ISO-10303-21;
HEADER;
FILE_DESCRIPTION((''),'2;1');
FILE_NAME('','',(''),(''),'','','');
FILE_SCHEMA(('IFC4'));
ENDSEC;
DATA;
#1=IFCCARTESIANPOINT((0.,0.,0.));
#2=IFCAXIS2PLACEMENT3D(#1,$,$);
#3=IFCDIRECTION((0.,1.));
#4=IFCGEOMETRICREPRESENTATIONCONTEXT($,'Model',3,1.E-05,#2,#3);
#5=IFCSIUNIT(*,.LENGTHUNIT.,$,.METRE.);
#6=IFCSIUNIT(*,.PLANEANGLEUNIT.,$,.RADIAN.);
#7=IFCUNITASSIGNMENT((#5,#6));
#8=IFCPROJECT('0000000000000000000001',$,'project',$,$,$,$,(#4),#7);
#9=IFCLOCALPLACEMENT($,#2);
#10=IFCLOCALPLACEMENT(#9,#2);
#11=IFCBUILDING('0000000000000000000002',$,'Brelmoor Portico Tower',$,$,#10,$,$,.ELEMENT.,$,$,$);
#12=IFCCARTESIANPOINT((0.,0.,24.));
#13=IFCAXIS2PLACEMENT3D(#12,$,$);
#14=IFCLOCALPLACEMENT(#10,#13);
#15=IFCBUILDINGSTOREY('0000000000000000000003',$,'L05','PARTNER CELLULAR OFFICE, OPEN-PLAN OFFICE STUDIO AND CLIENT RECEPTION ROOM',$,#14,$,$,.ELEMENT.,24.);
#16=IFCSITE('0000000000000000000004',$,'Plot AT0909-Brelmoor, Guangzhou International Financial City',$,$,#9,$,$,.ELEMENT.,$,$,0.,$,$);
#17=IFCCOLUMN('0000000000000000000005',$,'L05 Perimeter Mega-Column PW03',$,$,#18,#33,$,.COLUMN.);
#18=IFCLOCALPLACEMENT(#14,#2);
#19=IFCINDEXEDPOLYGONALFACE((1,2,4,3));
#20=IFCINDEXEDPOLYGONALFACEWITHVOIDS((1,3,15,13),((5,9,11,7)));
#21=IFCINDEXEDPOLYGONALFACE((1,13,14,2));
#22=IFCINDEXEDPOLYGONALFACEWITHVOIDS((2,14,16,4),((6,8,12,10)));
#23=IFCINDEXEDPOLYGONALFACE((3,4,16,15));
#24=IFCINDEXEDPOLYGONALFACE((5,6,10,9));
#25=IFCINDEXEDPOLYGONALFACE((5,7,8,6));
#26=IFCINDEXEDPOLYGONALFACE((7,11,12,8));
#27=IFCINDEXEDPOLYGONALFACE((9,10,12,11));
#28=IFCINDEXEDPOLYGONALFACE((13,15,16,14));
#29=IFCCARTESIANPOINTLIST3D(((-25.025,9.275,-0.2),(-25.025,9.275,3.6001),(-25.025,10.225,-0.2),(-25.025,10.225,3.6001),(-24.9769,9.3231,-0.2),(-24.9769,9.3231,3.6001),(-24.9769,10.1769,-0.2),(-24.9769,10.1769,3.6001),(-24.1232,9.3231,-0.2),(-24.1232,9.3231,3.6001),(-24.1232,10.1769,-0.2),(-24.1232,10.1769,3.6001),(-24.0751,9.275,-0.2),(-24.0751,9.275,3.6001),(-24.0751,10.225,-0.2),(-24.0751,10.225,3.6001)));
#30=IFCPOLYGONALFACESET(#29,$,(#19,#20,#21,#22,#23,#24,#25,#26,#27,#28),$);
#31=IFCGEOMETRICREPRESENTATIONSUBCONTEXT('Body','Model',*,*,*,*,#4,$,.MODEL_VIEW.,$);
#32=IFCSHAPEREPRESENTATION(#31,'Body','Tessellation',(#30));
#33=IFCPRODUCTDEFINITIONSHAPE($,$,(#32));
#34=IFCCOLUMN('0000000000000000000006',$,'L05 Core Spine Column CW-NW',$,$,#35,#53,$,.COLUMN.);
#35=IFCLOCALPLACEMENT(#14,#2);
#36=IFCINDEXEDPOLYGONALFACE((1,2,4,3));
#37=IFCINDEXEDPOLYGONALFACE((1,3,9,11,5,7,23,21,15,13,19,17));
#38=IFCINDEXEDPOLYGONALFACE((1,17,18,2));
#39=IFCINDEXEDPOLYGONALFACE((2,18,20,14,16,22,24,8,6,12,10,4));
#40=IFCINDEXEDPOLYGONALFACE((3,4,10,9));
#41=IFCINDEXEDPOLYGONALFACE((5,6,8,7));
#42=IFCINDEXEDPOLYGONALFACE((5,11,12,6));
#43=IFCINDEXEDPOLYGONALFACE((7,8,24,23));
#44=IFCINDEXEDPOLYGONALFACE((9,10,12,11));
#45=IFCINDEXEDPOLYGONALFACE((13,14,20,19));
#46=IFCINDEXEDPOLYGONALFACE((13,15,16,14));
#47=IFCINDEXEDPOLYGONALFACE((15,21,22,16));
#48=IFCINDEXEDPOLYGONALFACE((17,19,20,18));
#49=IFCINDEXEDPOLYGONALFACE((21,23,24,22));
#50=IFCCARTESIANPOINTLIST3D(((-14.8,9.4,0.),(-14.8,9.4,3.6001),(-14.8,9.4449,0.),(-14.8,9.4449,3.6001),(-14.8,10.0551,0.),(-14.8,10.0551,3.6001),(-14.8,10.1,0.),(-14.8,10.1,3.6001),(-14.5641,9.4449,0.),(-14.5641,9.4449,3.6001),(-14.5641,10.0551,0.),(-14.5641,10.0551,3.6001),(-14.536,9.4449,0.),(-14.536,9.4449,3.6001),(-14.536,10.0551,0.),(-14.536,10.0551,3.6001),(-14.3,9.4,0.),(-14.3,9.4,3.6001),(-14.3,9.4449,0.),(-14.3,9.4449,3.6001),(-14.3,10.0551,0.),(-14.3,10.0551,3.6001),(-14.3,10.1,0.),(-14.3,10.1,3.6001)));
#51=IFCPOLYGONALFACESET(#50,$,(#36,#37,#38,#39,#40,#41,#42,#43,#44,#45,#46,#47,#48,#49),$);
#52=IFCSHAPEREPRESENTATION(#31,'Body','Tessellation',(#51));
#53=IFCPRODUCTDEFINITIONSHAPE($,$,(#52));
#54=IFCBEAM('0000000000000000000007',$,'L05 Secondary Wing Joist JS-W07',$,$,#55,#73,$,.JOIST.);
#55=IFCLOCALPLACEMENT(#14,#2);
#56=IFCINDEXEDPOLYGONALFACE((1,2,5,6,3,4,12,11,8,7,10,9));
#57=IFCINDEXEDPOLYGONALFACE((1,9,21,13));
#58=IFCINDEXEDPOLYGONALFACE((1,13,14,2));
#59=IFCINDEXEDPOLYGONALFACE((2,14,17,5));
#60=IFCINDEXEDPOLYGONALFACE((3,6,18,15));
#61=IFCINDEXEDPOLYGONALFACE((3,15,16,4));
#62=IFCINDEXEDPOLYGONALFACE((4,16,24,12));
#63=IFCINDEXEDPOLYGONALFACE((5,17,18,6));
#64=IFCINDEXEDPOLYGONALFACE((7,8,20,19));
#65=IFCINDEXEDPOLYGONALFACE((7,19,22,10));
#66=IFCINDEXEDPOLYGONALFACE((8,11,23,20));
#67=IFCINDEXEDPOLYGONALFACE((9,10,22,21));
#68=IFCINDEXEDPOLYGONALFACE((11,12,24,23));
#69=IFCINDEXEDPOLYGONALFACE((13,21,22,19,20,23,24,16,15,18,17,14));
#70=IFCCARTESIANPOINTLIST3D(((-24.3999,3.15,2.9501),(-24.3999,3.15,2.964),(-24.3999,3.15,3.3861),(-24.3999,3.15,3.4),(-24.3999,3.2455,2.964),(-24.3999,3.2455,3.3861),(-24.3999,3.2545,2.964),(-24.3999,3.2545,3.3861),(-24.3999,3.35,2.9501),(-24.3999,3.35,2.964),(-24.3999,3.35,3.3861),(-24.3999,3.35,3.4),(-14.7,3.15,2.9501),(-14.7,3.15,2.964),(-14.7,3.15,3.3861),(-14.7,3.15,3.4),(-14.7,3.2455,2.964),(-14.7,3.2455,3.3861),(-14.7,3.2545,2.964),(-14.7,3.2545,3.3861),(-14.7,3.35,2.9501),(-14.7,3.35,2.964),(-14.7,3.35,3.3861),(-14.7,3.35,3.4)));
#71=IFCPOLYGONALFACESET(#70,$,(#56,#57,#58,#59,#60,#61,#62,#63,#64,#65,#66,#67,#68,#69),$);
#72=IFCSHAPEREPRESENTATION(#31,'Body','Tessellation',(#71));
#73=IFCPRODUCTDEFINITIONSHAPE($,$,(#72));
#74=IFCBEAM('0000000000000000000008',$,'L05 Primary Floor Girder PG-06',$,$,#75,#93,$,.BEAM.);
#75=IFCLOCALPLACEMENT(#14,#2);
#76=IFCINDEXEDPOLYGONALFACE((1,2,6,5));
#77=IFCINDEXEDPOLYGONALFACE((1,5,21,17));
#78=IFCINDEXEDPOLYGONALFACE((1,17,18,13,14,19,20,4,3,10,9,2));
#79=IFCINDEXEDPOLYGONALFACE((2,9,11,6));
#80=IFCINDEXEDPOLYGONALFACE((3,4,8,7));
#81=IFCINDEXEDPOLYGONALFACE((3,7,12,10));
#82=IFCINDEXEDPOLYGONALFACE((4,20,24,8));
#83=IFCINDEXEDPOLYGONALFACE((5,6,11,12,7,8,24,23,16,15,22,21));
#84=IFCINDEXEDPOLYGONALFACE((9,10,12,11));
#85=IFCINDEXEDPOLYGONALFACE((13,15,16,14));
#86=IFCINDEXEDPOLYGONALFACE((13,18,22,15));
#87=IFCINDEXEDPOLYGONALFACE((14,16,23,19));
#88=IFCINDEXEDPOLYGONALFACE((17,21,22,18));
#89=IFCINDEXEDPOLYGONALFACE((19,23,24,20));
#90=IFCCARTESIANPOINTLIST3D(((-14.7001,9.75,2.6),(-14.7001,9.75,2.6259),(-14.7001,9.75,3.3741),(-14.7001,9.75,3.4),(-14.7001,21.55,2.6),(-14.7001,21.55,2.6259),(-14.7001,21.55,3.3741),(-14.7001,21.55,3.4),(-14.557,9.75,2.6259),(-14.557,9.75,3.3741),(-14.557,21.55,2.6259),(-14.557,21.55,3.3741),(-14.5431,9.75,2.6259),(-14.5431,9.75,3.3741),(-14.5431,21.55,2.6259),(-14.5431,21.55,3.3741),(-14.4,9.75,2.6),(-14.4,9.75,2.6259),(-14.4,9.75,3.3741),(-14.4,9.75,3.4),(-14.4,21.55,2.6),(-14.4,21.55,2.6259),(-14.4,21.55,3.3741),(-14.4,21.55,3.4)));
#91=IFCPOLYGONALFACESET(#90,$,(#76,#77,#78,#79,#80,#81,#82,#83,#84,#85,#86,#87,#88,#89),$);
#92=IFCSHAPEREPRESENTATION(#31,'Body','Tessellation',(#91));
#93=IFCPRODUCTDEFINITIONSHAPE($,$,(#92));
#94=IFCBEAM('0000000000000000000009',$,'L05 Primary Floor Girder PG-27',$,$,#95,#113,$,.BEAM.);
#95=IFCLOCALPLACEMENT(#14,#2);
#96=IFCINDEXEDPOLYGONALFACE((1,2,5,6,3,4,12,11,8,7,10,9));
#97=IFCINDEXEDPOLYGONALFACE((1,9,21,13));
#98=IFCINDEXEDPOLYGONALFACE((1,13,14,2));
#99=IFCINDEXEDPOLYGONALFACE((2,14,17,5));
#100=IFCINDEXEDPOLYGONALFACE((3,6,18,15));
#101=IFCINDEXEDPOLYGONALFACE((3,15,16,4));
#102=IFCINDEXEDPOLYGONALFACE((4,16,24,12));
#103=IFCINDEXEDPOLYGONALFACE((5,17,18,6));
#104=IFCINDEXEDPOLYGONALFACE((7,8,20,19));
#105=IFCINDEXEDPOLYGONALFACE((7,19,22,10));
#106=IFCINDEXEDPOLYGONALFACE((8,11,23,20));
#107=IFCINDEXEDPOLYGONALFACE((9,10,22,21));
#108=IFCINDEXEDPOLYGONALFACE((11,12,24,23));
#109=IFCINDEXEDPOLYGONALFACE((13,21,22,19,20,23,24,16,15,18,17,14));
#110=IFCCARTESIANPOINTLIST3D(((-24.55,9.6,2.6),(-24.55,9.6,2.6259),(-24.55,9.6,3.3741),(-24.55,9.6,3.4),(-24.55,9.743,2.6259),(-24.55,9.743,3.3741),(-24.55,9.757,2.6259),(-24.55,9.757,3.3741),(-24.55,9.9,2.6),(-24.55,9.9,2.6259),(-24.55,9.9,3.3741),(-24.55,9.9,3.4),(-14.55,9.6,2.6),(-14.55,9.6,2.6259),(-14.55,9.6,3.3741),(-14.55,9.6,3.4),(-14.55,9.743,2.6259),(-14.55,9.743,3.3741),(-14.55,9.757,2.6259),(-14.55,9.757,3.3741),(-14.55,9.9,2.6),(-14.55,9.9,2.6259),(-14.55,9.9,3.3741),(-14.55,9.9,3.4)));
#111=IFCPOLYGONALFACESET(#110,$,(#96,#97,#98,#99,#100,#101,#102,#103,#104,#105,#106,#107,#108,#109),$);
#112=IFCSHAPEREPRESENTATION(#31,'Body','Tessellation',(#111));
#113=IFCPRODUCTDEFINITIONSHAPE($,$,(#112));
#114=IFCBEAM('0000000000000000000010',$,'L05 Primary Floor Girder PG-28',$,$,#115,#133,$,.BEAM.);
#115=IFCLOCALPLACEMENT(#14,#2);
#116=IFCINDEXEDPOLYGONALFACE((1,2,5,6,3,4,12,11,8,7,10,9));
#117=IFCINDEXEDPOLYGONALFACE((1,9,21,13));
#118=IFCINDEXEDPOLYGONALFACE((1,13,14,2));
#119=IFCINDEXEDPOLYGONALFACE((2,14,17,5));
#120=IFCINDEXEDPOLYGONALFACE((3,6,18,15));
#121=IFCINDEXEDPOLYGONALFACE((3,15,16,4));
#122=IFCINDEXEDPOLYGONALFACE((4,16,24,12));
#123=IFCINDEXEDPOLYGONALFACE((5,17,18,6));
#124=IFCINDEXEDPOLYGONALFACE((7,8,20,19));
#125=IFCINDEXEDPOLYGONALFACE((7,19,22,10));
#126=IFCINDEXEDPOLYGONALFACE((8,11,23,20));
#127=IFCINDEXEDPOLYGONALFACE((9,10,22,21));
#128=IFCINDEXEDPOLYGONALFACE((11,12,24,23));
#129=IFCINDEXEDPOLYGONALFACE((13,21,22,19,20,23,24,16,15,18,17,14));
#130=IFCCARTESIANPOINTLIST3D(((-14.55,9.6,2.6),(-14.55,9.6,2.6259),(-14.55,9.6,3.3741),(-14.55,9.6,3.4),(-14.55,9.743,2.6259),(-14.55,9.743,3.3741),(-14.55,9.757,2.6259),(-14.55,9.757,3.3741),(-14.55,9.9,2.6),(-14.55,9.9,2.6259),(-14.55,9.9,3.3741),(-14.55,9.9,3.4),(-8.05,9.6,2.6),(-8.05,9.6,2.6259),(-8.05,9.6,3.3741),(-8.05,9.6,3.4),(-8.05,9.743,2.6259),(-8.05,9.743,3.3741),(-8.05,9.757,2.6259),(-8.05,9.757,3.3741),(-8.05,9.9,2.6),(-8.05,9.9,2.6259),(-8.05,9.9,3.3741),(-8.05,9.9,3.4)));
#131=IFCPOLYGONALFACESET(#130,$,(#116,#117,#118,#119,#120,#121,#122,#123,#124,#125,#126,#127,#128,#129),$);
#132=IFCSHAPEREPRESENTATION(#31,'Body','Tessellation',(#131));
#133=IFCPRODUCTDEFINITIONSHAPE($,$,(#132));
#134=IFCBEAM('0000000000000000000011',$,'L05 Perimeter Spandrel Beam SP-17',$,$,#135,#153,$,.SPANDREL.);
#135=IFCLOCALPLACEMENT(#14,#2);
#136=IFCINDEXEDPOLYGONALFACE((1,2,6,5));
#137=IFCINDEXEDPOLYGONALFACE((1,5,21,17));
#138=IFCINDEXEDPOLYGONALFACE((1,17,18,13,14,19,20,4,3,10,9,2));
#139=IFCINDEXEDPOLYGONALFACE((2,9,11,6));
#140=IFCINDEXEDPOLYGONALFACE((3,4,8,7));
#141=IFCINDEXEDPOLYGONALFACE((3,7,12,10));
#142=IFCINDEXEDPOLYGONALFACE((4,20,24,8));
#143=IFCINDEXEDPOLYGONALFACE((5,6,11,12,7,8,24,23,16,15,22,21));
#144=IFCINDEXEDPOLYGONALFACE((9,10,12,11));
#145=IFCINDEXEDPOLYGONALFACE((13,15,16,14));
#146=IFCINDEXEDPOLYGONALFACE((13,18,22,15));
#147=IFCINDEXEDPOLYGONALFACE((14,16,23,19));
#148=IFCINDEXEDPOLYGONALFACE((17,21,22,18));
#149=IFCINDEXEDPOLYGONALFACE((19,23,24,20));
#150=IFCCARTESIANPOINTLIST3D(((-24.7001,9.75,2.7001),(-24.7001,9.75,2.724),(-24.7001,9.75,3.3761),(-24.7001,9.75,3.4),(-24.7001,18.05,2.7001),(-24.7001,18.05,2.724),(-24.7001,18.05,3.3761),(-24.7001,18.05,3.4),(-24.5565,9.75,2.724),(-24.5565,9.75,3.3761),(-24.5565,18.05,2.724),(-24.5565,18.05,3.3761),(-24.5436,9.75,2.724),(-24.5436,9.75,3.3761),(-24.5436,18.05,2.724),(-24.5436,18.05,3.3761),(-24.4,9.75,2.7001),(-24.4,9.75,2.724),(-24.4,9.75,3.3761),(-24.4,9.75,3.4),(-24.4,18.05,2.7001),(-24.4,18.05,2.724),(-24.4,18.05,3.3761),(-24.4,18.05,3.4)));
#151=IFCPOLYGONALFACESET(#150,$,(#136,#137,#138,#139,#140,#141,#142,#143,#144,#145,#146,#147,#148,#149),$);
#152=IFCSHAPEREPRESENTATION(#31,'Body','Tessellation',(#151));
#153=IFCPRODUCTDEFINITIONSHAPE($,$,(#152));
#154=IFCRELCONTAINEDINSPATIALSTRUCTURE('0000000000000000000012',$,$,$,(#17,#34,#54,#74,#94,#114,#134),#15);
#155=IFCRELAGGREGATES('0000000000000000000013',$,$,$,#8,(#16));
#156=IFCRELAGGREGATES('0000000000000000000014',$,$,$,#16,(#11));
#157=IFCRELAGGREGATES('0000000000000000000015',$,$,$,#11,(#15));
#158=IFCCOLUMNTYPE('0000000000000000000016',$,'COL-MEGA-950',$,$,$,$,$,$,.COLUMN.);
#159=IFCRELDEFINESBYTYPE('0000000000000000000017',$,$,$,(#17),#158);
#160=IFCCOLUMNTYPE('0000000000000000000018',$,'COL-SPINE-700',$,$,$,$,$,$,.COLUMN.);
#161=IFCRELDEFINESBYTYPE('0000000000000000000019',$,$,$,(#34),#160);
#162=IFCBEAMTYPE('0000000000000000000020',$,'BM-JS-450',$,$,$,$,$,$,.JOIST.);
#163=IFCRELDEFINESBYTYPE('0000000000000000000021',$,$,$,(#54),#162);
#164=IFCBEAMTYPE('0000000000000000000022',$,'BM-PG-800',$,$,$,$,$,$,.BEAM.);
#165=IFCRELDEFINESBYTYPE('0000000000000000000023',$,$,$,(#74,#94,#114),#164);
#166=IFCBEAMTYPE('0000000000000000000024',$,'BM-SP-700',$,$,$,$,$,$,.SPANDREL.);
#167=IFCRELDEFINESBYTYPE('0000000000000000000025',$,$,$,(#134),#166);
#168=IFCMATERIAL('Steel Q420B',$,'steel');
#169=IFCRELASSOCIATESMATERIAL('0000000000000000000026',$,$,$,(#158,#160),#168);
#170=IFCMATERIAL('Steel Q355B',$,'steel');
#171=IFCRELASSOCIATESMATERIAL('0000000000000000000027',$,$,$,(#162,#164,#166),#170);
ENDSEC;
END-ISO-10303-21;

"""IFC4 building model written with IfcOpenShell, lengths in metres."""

from ifc_helpers import new_model, si_unit, direction, frame, origin, origin_2d, place, context, subcontext, project, spatial, hollow_rectangle, i_section, extrude, material, material_profile, profile_set, type_object, element, save


model = new_model("IFC4")

# Units and contexts
model_context = context("Model", 3, precision=1e-05, world=origin(), true_north=direction((0.0, 1.0)))
body_context = subcontext(model_context, "Body", "Model", "MODEL_VIEW")
ifc_project = project(units=[si_unit("LENGTHUNIT", "METRE"), si_unit("PLANEANGLEUNIT", "RADIAN")], contexts=[model_context])

# Site, building, storey
site_placement = place(None, origin())
site = spatial("IfcSite", under=ifc_project, at=site_placement, Name="Plot AT0909-Brelmoor, Guangzhou International Financial City", CompositionType="ELEMENT", RefElevation=0.0)
building_placement = place(site_placement, origin())
building = spatial("IfcBuilding", under=site, at=building_placement, Name="Brelmoor Portico Tower", CompositionType="ELEMENT")
storey_placement = place(building_placement, frame((0.0, 0.0, 24.0)))
storey = spatial("IfcBuildingStorey", under=building, at=storey_placement, Name="L05", Description="PARTNER CELLULAR OFFICE, OPEN-PLAN OFFICE STUDIO AND CLIENT RECEPTION ROOM", CompositionType="ELEMENT", Elevation=24.0)

# Columns
ifc_material_1 = material(Name="Steel Q420B", Category="steel")
ifc_material_profile_1 = material_profile(ifc_material_1, hollow_rectangle(XDim=0.95, YDim=0.95, WallThickness=0.0481, at=origin_2d()), Name="BOX 950x950x48")
ifc_profile_set_1 = profile_set([ifc_material_profile_1], Name="Steel Q420B")
column_type_1 = type_object("IfcColumnType", Name="COL-MEGA-950", PredefinedType="COLUMN", material=ifc_profile_set_1)
column_1_placement = place(storey_placement, frame((-24.55, 9.75, -0.2), z_axis=(0.0, 0.0, 1.0), x_axis=(0.0, 1.0, 0.0)))
element("IfcColumn", 1, at=column_1_placement, inside=storey, type_object=column_type_1, Name="L05 Perimeter Mega-Column PW03", PredefinedType="COLUMN", context=body_context, shape_type="SweptSolid", body=[
    extrude(hollow_rectangle(XDim=0.95, YDim=0.95, WallThickness=0.0481, at=origin_2d()), origin(), (0.0, 0.0, 1.0), 3.8),
])
ifc_material_profile_2 = material_profile(ifc_material_1, i_section(OverallWidth=0.5, OverallDepth=0.7, WebThickness=0.0281, FlangeThickness=0.0449, at=origin_2d()), Name="HW 700x500x28x45")
ifc_profile_set_2 = profile_set([ifc_material_profile_2], Name="Steel Q420B")
column_type_2 = type_object("IfcColumnType", Name="COL-SPINE-700", PredefinedType="COLUMN", material=ifc_profile_set_2)
column_2_placement = place(storey_placement, frame((-14.55, 9.75, 0.0), z_axis=(0.0, 0.0, 1.0), x_axis=(1.0, 0.0, 0.0)))
element("IfcColumn", 2, at=column_2_placement, inside=storey, type_object=column_type_2, Name="L05 Core Spine Column CW-NW", PredefinedType="COLUMN", context=body_context, shape_type="SweptSolid", body=[
    extrude(i_section(OverallWidth=0.5, OverallDepth=0.7, WebThickness=0.0281, FlangeThickness=0.0449, at=origin_2d()), origin(), (0.0, 0.0, 1.0), 3.6001),
])

# Beams
ifc_material_2 = material(Name="Steel Q355B", Category="steel")
ifc_material_profile_3 = material_profile(ifc_material_2, i_section(OverallWidth=0.2, OverallDepth=0.45, WebThickness=0.009, FlangeThickness=0.0139, at=origin_2d()), Name="HN 450x200x9x14")
ifc_profile_set_3 = profile_set([ifc_material_profile_3], Name="Steel Q355B")
beam_type_1 = type_object("IfcBeamType", Name="BM-JS-450", PredefinedType="JOIST", material=ifc_profile_set_3)
beam_1_placement = place(storey_placement, frame((-24.3999, 3.25, 3.175), z_axis=(1.0, 0.0, 0.0), x_axis=(0.0, 1.0, 0.0)))
element("IfcBeam", 3, at=beam_1_placement, inside=storey, type_object=beam_type_1, Name="L05 Secondary Wing Joist JS-W07", PredefinedType="JOIST", context=body_context, shape_type="SweptSolid", body=[
    extrude(i_section(OverallWidth=0.2, OverallDepth=0.45, WebThickness=0.009, FlangeThickness=0.0139, at=origin_2d()), origin(), (0.0, 0.0, 1.0), 9.7),
])
ifc_material_profile_4 = material_profile(ifc_material_2, i_section(OverallWidth=0.3, OverallDepth=0.8, WebThickness=0.0139, FlangeThickness=0.0259, at=origin_2d()), Name="HN 800x300x14x26")
ifc_profile_set_4 = profile_set([ifc_material_profile_4], Name="Steel Q355B")
beam_type_2 = type_object("IfcBeamType", Name="BM-PG-800", PredefinedType="BEAM", material=ifc_profile_set_4)
beam_2_placement = place(storey_placement, frame((-14.55, 9.75, 3.0), z_axis=(0.0, 1.0, 0.0), x_axis=(-1.0, 0.0, 0.0)))
element("IfcBeam", 4, at=beam_2_placement, inside=storey, type_object=beam_type_2, Name="L05 Primary Floor Girder PG-06", PredefinedType="BEAM", context=body_context, shape_type="SweptSolid", body=[
    extrude(i_section(OverallWidth=0.3, OverallDepth=0.8, WebThickness=0.0139, FlangeThickness=0.0259, at=origin_2d()), origin(), (0.0, 0.0, 1.0), 11.8),
])
beam_3_placement = place(storey_placement, frame((-24.55, 9.75, 3.0), z_axis=(1.0, 0.0, 0.0), x_axis=(0.0, 1.0, 0.0)))
element("IfcBeam", 5, at=beam_3_placement, inside=storey, type_object=beam_type_2, Name="L05 Primary Floor Girder PG-27", PredefinedType="BEAM", context=body_context, shape_type="SweptSolid", body=[
    extrude(i_section(OverallWidth=0.3, OverallDepth=0.8, WebThickness=0.0139, FlangeThickness=0.0259, at=origin_2d()), origin(), (0.0, 0.0, 1.0), 10.0),
])
beam_4_placement = place(storey_placement, frame((-14.55, 9.75, 3.0), z_axis=(1.0, 0.0, 0.0), x_axis=(0.0, 1.0, 0.0)))
element("IfcBeam", 6, at=beam_4_placement, inside=storey, type_object=beam_type_2, Name="L05 Primary Floor Girder PG-28", PredefinedType="BEAM", context=body_context, shape_type="SweptSolid", body=[
    extrude(i_section(OverallWidth=0.3, OverallDepth=0.8, WebThickness=0.0139, FlangeThickness=0.0259, at=origin_2d()), origin(), (0.0, 0.0, 1.0), 6.5),
])
ifc_material_profile_5 = material_profile(ifc_material_2, i_section(OverallWidth=0.3, OverallDepth=0.7, WebThickness=0.0129, FlangeThickness=0.0239, at=origin_2d()), Name="HN 700x300x13x24")
ifc_profile_set_5 = profile_set([ifc_material_profile_5], Name="Steel Q355B")
beam_type_3 = type_object("IfcBeamType", Name="BM-SP-700", PredefinedType="SPANDREL", material=ifc_profile_set_5)
beam_5_placement = place(storey_placement, frame((-24.55, 9.75, 3.05), z_axis=(0.0, 1.0, 0.0), x_axis=(-1.0, 0.0, 0.0)))
element("IfcBeam", 7, at=beam_5_placement, inside=storey, type_object=beam_type_3, Name="L05 Perimeter Spandrel Beam SP-17", PredefinedType="SPANDREL", context=body_context, shape_type="SweptSolid", body=[
    extrude(i_section(OverallWidth=0.3, OverallDepth=0.7, WebThickness=0.0129, FlangeThickness=0.0239, at=origin_2d()), origin(), (0.0, 0.0, 1.0), 8.3),
])

save(model, "model.ifc")
